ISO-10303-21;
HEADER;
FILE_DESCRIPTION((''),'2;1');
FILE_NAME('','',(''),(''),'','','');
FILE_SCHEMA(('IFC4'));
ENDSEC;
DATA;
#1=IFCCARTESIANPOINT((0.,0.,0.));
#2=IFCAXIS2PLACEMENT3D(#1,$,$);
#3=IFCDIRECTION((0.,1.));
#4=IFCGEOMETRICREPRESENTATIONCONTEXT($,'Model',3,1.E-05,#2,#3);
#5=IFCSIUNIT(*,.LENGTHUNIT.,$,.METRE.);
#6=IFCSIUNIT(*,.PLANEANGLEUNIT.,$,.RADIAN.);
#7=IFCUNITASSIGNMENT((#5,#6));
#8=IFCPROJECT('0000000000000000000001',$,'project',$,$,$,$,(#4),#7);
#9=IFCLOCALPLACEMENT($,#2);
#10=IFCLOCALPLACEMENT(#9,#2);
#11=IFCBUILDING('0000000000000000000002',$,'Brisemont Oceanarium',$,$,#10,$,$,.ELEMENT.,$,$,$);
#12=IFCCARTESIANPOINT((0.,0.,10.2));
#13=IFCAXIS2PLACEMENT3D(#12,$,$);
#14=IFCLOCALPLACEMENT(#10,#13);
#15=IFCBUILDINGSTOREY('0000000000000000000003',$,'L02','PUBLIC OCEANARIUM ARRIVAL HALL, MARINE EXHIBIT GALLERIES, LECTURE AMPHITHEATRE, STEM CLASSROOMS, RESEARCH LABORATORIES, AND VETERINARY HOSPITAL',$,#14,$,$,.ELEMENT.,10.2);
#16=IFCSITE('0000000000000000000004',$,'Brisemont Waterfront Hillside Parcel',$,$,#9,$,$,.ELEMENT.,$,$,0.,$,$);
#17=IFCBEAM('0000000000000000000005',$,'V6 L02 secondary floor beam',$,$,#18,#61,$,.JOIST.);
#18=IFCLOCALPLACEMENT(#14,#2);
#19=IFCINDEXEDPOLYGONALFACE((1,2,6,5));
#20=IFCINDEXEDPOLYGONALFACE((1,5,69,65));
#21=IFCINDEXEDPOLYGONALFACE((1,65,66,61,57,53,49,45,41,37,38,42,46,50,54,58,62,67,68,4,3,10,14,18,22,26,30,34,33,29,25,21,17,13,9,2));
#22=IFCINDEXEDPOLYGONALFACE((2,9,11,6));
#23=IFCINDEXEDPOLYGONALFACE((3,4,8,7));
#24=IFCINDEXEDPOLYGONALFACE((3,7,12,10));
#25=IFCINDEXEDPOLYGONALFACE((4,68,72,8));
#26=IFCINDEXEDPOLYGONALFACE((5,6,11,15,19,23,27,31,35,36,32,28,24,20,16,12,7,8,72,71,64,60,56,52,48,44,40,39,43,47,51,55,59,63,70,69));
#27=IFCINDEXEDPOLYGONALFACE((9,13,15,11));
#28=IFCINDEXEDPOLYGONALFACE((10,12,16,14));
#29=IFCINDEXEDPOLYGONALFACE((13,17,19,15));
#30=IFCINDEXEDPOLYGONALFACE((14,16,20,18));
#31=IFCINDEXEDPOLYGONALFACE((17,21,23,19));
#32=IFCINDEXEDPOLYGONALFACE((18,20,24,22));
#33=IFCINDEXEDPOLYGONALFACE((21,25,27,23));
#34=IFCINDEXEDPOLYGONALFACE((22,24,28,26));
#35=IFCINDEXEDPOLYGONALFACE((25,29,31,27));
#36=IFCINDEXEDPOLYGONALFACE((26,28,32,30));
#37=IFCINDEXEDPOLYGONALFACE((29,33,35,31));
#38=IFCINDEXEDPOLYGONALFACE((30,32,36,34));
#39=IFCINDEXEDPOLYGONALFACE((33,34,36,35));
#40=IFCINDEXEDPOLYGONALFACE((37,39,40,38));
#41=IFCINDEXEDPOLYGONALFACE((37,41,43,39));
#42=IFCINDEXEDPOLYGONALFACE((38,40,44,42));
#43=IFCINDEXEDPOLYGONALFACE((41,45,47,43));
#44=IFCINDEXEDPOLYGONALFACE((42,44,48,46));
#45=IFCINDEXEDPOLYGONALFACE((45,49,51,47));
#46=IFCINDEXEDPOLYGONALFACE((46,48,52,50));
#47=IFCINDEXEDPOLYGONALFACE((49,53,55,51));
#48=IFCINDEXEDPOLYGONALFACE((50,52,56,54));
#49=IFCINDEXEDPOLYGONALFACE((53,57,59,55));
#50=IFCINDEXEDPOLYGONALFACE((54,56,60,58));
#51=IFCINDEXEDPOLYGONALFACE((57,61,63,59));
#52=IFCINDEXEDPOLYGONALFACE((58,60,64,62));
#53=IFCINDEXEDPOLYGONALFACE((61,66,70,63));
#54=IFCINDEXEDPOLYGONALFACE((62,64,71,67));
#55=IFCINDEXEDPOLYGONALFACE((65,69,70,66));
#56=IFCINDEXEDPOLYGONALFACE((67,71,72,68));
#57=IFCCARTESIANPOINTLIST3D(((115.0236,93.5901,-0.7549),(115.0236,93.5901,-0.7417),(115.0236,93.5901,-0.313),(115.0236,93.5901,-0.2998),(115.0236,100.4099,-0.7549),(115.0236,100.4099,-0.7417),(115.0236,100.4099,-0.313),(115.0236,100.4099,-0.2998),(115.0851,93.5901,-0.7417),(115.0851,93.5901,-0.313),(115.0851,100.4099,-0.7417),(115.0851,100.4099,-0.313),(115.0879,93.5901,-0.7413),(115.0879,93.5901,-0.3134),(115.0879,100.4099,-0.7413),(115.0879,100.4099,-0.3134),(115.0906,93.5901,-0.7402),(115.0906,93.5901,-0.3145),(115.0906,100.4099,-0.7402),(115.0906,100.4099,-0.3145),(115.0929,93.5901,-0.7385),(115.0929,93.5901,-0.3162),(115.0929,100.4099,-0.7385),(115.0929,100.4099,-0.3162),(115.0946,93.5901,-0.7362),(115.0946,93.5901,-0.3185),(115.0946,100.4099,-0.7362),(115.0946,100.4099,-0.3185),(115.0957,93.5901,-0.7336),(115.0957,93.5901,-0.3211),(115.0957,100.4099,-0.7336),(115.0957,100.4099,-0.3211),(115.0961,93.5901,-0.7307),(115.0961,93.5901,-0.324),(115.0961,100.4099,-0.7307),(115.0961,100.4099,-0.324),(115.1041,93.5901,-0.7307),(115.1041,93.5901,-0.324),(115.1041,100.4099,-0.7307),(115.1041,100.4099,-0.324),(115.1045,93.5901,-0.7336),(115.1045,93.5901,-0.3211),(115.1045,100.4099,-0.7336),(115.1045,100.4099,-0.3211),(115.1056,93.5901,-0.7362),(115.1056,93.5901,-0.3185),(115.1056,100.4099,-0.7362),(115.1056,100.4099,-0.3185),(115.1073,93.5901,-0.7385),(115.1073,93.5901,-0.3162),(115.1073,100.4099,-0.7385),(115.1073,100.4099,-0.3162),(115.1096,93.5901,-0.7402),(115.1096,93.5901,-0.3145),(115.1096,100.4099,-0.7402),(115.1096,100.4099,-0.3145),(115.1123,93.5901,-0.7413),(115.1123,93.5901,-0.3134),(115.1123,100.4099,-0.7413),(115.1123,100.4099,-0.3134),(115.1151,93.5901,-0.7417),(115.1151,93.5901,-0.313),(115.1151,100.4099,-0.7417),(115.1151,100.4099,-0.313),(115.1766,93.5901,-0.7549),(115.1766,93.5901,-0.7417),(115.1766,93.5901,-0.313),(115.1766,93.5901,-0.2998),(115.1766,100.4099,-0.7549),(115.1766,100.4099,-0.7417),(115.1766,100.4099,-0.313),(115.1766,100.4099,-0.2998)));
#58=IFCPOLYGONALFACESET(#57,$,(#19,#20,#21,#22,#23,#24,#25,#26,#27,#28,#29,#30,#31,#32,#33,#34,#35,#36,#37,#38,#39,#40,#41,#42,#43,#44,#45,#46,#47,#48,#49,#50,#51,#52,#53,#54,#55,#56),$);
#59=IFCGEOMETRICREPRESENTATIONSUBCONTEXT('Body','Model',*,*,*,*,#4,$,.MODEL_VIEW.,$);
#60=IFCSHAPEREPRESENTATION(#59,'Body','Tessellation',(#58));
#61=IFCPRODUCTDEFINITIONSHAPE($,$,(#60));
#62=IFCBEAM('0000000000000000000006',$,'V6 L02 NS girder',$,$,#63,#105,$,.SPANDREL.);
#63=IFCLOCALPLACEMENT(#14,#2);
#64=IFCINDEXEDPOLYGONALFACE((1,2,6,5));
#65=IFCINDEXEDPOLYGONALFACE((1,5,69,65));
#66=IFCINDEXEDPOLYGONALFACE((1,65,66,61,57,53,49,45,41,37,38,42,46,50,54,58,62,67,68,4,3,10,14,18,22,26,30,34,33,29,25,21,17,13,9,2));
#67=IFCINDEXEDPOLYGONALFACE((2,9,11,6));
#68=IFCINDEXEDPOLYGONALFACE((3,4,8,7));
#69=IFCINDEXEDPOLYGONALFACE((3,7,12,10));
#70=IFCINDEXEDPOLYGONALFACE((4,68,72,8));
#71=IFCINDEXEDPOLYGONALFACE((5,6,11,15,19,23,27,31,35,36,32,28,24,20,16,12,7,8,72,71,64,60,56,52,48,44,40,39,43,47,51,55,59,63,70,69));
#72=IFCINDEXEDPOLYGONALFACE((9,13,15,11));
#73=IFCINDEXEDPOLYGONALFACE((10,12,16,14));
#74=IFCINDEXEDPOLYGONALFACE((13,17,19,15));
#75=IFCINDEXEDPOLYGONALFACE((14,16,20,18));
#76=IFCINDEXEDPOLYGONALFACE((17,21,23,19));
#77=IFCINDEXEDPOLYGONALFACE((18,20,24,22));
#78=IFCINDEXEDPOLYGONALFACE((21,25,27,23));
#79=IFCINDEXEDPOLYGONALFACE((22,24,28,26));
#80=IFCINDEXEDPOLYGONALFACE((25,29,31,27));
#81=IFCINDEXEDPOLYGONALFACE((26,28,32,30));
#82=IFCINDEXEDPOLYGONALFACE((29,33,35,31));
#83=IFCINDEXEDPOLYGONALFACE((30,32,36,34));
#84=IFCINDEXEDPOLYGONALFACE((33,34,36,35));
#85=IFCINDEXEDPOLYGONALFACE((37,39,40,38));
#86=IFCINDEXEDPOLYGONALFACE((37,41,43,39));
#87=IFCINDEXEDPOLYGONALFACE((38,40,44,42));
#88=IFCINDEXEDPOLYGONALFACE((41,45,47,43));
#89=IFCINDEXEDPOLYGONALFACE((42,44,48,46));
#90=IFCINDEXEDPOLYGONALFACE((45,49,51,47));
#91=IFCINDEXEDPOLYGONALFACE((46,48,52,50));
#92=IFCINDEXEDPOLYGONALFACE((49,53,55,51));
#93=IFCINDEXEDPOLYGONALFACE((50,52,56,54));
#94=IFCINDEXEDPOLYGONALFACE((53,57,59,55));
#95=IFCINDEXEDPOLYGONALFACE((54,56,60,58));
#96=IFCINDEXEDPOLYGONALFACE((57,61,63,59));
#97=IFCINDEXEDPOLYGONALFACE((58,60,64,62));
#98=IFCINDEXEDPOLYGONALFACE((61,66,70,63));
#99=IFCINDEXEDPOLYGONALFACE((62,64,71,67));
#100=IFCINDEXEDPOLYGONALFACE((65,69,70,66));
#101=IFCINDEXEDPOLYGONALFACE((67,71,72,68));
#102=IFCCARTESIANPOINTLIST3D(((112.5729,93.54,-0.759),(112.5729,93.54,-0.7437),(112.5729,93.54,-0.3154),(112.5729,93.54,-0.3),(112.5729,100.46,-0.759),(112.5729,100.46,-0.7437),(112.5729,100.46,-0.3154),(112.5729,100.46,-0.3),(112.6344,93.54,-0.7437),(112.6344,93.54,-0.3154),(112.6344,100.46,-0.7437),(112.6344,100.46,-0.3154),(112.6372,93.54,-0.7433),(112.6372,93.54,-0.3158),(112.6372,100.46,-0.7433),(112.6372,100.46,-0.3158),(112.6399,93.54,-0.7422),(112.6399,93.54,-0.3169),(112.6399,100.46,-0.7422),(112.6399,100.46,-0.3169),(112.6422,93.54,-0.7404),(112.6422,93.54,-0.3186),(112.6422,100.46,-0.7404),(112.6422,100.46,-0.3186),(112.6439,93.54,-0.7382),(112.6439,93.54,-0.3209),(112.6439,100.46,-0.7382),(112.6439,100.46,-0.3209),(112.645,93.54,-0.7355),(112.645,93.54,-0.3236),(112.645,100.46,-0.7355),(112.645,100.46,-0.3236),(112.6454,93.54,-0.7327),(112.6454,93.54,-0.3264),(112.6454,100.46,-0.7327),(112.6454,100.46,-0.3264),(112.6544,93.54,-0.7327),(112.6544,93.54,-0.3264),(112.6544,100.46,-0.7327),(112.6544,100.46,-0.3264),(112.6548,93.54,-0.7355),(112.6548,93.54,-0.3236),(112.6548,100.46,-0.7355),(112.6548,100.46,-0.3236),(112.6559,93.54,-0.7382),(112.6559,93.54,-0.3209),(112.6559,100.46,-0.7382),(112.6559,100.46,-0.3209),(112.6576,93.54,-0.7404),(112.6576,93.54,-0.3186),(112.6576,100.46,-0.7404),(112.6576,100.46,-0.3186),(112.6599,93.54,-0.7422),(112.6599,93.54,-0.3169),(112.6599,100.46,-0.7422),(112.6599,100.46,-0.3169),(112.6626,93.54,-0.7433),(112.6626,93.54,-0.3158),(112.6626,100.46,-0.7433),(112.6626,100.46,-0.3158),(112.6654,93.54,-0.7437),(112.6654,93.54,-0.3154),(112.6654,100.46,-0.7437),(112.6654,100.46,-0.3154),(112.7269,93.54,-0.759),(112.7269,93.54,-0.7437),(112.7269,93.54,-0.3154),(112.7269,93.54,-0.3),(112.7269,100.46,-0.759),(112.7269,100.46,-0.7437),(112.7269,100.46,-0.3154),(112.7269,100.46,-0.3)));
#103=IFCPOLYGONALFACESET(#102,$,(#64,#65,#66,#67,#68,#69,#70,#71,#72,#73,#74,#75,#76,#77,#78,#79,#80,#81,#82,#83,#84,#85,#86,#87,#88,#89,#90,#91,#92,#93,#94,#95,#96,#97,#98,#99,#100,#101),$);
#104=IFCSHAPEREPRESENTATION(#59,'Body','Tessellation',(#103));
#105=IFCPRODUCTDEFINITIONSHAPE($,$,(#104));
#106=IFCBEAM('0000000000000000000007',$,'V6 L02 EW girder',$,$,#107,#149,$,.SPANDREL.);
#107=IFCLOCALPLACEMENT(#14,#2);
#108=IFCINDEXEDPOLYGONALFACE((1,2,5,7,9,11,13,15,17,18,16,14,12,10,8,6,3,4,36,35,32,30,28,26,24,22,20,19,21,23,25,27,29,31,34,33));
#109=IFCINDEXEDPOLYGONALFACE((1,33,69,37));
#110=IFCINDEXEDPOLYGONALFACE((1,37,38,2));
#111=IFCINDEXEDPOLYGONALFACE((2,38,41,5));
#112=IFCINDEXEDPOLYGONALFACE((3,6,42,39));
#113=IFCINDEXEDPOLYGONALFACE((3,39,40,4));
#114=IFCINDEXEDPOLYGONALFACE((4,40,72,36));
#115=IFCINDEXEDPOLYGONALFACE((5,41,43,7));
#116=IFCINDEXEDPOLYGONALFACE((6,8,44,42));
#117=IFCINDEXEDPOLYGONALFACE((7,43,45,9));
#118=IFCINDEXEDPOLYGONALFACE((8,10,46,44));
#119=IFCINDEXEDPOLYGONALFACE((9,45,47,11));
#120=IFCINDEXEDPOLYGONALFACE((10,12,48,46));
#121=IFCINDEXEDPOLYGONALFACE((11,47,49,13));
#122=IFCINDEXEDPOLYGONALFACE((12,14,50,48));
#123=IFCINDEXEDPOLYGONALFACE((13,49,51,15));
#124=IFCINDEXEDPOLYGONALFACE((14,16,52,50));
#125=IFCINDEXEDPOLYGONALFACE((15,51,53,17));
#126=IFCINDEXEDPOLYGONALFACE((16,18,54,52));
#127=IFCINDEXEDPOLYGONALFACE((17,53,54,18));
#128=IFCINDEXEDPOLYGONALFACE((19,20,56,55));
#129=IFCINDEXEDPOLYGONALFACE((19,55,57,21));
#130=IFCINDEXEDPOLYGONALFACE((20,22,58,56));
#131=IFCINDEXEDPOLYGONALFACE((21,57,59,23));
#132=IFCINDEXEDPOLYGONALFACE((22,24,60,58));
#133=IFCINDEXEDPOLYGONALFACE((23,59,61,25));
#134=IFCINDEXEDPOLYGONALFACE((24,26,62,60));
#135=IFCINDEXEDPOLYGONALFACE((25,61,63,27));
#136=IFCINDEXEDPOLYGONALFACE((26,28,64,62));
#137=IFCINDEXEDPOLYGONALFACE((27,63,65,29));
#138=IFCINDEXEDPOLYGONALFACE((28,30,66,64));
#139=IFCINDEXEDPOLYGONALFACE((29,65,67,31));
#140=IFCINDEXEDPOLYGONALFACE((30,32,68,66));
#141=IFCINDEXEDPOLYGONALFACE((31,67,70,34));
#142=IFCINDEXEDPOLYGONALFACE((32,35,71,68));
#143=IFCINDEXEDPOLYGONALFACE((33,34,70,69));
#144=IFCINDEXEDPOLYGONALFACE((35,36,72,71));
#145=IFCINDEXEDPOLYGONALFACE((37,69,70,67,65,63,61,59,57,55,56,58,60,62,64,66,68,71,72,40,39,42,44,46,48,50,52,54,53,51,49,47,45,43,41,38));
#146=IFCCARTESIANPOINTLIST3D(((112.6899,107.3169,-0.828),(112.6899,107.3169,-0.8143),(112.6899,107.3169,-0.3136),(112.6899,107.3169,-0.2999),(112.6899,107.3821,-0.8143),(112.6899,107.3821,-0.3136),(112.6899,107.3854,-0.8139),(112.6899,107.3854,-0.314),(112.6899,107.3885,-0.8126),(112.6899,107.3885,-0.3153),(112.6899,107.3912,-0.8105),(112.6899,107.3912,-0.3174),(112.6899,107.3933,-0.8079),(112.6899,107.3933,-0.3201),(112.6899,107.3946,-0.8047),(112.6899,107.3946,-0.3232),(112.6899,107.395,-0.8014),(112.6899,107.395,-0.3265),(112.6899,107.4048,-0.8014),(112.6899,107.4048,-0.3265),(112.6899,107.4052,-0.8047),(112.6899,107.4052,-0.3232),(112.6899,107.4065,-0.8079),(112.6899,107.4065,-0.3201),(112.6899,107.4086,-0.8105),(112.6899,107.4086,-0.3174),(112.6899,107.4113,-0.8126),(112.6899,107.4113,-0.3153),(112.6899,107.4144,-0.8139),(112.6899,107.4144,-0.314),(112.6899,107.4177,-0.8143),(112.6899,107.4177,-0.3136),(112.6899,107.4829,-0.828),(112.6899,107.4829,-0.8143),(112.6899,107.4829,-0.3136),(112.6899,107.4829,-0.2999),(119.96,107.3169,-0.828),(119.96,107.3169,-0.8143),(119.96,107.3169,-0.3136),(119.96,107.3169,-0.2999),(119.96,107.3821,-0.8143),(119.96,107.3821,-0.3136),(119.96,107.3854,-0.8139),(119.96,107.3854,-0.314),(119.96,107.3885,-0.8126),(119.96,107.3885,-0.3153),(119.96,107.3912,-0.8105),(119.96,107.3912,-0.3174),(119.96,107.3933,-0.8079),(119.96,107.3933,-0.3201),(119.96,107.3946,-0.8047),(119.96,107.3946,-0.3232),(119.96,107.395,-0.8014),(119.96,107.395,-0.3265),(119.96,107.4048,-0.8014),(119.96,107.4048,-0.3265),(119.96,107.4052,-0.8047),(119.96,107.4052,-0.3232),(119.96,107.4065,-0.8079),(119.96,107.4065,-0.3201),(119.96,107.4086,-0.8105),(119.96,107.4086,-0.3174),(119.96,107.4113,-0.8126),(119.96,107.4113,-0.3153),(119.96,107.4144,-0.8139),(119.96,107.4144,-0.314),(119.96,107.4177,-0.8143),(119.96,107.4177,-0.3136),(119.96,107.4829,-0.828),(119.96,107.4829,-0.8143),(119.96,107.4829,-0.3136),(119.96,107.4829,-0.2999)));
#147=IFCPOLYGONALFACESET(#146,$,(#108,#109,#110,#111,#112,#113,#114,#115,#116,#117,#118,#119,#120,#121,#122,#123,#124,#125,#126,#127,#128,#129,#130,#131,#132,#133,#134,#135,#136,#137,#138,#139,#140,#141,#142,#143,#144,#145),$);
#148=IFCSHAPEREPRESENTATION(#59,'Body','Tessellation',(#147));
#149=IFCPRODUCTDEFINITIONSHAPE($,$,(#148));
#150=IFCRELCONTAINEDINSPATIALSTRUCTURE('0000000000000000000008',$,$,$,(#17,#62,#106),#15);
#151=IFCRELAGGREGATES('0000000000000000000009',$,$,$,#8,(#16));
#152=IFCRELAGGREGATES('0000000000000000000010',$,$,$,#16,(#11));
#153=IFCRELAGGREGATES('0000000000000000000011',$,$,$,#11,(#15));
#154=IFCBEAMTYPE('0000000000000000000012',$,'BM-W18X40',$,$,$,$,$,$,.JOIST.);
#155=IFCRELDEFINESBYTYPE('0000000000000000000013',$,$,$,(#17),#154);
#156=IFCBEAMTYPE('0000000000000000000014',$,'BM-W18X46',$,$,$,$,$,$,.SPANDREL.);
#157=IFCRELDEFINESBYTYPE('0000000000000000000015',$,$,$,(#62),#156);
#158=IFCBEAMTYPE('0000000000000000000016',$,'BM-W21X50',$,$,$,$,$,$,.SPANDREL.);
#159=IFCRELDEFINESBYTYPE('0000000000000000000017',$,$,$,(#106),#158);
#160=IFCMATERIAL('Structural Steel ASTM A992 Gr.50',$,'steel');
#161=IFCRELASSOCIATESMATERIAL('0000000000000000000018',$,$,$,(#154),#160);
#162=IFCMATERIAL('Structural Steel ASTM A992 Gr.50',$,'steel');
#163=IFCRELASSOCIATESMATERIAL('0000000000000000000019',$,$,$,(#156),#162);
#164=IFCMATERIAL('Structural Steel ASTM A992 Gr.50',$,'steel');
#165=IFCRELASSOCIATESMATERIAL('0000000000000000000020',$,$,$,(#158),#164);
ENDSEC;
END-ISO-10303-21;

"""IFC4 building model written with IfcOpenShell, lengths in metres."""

from ifc_helpers import new_model, si_unit, direction, frame, origin, origin_2d, place, context, subcontext, project, spatial, i_section, extrude, material, material_profile, profile_set, type_object, element, save


model = new_model("IFC4")

# Units and contexts
model_context = context("Model", 3, precision=1e-05, world=origin(), true_north=direction((0.0, 1.0)))
body_context = subcontext(model_context, "Body", "Model", "MODEL_VIEW")
ifc_project = project(units=[si_unit("LENGTHUNIT", "METRE"), si_unit("PLANEANGLEUNIT", "RADIAN")], contexts=[model_context])

# Site, building, storey
site_placement = place(None, origin())
site = spatial("IfcSite", under=ifc_project, at=site_placement, Name="Brisemont Waterfront Hillside Parcel", CompositionType="ELEMENT", RefElevation=0.0)
building_placement = place(site_placement, origin())
building = spatial("IfcBuilding", under=site, at=building_placement, Name="Brisemont Oceanarium", CompositionType="ELEMENT")
storey_placement = place(building_placement, frame((0.0, 0.0, 10.2)))
storey = spatial("IfcBuildingStorey", under=building, at=storey_placement, Name="L02", Description="PUBLIC OCEANARIUM ARRIVAL HALL, MARINE EXHIBIT GALLERIES, LECTURE AMPHITHEATRE, STEM CLASSROOMS, RESEARCH LABORATORIES, AND VETERINARY HOSPITAL", CompositionType="ELEMENT", Elevation=10.2)

# Beams
ifc_material_1 = material(Name="Structural Steel ASTM A992 Gr.50", Category="steel")
ifc_material_profile_1 = material_profile(ifc_material_1, i_section(OverallWidth=0.1531, OverallDepth=0.4551, WebThickness=0.0081, FlangeThickness=0.0132, FilletRadius=0.011, at=origin_2d()), Name="W18X40")
ifc_profile_set_1 = profile_set([ifc_material_profile_1], Name="Structural Steel ASTM A992 Gr.50")
beam_type_1 = type_object("IfcBeamType", Name="BM-W18X40", PredefinedType="JOIST", material=ifc_profile_set_1)
beam_1_placement = place(storey_placement, frame((115.1001, 93.5901, -0.5273), z_axis=(0.0, 1.0, 0.0), x_axis=(-1.0, 0.0, 0.0)))
element("IfcBeam", 1, at=beam_1_placement, inside=storey, type_object=beam_type_1, Name="V6 L02 secondary floor beam", PredefinedType="JOIST", context=body_context, shape_type="SweptSolid", body=[
    extrude(i_section(OverallWidth=0.1531, OverallDepth=0.4551, WebThickness=0.0081, FlangeThickness=0.0132, FilletRadius=0.011, at=origin_2d()), origin(), (0.0, 0.0, 1.0), 6.8198),
])
ifc_material_2 = material(Name="Structural Steel ASTM A992 Gr.50", Category="steel")
ifc_material_profile_2 = material_profile(ifc_material_2, i_section(OverallWidth=0.1541, OverallDepth=0.459, WebThickness=0.009, FlangeThickness=0.0154, FilletRadius=0.011, at=origin_2d()), Name="W18X46")
ifc_profile_set_2 = profile_set([ifc_material_profile_2], Name="Structural Steel ASTM A992 Gr.50")
beam_type_2 = type_object("IfcBeamType", Name="BM-W18X46", PredefinedType="SPANDREL", material=ifc_profile_set_2)
beam_2_placement = place(storey_placement, frame((112.6499, 93.54, -0.5295), z_axis=(0.0, 1.0, 0.0), x_axis=(-1.0, 0.0, 0.0)))
element("IfcBeam", 2, at=beam_2_placement, inside=storey, type_object=beam_type_2, Name="V6 L02 NS girder", PredefinedType="SPANDREL", context=body_context, shape_type="SweptSolid", body=[
    extrude(i_section(OverallWidth=0.1541, OverallDepth=0.459, WebThickness=0.009, FlangeThickness=0.0154, FilletRadius=0.011, at=origin_2d()), origin(), (0.0, 0.0, 1.0), 6.9199),
])
ifc_material_3 = material(Name="Structural Steel ASTM A992 Gr.50", Category="steel")
ifc_material_profile_3 = material_profile(ifc_material_3, i_section(OverallWidth=0.166, OverallDepth=0.5281, WebThickness=0.0098, FlangeThickness=0.0137, FilletRadius=0.0129, at=origin_2d()), Name="W21X50")
ifc_profile_set_3 = profile_set([ifc_material_profile_3], Name="Structural Steel ASTM A992 Gr.50")
beam_type_3 = type_object("IfcBeamType", Name="BM-W21X50", PredefinedType="SPANDREL", material=ifc_profile_set_3)
beam_3_placement = place(storey_placement, frame((112.6899, 107.3999, -0.564), z_axis=(1.0, 0.0, 0.0), x_axis=(0.0, 1.0, 0.0)))
element("IfcBeam", 3, at=beam_3_placement, inside=storey, type_object=beam_type_3, Name="V6 L02 EW girder", PredefinedType="SPANDREL", context=body_context, shape_type="SweptSolid", body=[
    extrude(i_section(OverallWidth=0.166, OverallDepth=0.5281, WebThickness=0.0098, FlangeThickness=0.0137, FilletRadius=0.0129, at=origin_2d()), origin(), (0.0, 0.0, 1.0), 7.27),
])

save(model, "model.ifc")
